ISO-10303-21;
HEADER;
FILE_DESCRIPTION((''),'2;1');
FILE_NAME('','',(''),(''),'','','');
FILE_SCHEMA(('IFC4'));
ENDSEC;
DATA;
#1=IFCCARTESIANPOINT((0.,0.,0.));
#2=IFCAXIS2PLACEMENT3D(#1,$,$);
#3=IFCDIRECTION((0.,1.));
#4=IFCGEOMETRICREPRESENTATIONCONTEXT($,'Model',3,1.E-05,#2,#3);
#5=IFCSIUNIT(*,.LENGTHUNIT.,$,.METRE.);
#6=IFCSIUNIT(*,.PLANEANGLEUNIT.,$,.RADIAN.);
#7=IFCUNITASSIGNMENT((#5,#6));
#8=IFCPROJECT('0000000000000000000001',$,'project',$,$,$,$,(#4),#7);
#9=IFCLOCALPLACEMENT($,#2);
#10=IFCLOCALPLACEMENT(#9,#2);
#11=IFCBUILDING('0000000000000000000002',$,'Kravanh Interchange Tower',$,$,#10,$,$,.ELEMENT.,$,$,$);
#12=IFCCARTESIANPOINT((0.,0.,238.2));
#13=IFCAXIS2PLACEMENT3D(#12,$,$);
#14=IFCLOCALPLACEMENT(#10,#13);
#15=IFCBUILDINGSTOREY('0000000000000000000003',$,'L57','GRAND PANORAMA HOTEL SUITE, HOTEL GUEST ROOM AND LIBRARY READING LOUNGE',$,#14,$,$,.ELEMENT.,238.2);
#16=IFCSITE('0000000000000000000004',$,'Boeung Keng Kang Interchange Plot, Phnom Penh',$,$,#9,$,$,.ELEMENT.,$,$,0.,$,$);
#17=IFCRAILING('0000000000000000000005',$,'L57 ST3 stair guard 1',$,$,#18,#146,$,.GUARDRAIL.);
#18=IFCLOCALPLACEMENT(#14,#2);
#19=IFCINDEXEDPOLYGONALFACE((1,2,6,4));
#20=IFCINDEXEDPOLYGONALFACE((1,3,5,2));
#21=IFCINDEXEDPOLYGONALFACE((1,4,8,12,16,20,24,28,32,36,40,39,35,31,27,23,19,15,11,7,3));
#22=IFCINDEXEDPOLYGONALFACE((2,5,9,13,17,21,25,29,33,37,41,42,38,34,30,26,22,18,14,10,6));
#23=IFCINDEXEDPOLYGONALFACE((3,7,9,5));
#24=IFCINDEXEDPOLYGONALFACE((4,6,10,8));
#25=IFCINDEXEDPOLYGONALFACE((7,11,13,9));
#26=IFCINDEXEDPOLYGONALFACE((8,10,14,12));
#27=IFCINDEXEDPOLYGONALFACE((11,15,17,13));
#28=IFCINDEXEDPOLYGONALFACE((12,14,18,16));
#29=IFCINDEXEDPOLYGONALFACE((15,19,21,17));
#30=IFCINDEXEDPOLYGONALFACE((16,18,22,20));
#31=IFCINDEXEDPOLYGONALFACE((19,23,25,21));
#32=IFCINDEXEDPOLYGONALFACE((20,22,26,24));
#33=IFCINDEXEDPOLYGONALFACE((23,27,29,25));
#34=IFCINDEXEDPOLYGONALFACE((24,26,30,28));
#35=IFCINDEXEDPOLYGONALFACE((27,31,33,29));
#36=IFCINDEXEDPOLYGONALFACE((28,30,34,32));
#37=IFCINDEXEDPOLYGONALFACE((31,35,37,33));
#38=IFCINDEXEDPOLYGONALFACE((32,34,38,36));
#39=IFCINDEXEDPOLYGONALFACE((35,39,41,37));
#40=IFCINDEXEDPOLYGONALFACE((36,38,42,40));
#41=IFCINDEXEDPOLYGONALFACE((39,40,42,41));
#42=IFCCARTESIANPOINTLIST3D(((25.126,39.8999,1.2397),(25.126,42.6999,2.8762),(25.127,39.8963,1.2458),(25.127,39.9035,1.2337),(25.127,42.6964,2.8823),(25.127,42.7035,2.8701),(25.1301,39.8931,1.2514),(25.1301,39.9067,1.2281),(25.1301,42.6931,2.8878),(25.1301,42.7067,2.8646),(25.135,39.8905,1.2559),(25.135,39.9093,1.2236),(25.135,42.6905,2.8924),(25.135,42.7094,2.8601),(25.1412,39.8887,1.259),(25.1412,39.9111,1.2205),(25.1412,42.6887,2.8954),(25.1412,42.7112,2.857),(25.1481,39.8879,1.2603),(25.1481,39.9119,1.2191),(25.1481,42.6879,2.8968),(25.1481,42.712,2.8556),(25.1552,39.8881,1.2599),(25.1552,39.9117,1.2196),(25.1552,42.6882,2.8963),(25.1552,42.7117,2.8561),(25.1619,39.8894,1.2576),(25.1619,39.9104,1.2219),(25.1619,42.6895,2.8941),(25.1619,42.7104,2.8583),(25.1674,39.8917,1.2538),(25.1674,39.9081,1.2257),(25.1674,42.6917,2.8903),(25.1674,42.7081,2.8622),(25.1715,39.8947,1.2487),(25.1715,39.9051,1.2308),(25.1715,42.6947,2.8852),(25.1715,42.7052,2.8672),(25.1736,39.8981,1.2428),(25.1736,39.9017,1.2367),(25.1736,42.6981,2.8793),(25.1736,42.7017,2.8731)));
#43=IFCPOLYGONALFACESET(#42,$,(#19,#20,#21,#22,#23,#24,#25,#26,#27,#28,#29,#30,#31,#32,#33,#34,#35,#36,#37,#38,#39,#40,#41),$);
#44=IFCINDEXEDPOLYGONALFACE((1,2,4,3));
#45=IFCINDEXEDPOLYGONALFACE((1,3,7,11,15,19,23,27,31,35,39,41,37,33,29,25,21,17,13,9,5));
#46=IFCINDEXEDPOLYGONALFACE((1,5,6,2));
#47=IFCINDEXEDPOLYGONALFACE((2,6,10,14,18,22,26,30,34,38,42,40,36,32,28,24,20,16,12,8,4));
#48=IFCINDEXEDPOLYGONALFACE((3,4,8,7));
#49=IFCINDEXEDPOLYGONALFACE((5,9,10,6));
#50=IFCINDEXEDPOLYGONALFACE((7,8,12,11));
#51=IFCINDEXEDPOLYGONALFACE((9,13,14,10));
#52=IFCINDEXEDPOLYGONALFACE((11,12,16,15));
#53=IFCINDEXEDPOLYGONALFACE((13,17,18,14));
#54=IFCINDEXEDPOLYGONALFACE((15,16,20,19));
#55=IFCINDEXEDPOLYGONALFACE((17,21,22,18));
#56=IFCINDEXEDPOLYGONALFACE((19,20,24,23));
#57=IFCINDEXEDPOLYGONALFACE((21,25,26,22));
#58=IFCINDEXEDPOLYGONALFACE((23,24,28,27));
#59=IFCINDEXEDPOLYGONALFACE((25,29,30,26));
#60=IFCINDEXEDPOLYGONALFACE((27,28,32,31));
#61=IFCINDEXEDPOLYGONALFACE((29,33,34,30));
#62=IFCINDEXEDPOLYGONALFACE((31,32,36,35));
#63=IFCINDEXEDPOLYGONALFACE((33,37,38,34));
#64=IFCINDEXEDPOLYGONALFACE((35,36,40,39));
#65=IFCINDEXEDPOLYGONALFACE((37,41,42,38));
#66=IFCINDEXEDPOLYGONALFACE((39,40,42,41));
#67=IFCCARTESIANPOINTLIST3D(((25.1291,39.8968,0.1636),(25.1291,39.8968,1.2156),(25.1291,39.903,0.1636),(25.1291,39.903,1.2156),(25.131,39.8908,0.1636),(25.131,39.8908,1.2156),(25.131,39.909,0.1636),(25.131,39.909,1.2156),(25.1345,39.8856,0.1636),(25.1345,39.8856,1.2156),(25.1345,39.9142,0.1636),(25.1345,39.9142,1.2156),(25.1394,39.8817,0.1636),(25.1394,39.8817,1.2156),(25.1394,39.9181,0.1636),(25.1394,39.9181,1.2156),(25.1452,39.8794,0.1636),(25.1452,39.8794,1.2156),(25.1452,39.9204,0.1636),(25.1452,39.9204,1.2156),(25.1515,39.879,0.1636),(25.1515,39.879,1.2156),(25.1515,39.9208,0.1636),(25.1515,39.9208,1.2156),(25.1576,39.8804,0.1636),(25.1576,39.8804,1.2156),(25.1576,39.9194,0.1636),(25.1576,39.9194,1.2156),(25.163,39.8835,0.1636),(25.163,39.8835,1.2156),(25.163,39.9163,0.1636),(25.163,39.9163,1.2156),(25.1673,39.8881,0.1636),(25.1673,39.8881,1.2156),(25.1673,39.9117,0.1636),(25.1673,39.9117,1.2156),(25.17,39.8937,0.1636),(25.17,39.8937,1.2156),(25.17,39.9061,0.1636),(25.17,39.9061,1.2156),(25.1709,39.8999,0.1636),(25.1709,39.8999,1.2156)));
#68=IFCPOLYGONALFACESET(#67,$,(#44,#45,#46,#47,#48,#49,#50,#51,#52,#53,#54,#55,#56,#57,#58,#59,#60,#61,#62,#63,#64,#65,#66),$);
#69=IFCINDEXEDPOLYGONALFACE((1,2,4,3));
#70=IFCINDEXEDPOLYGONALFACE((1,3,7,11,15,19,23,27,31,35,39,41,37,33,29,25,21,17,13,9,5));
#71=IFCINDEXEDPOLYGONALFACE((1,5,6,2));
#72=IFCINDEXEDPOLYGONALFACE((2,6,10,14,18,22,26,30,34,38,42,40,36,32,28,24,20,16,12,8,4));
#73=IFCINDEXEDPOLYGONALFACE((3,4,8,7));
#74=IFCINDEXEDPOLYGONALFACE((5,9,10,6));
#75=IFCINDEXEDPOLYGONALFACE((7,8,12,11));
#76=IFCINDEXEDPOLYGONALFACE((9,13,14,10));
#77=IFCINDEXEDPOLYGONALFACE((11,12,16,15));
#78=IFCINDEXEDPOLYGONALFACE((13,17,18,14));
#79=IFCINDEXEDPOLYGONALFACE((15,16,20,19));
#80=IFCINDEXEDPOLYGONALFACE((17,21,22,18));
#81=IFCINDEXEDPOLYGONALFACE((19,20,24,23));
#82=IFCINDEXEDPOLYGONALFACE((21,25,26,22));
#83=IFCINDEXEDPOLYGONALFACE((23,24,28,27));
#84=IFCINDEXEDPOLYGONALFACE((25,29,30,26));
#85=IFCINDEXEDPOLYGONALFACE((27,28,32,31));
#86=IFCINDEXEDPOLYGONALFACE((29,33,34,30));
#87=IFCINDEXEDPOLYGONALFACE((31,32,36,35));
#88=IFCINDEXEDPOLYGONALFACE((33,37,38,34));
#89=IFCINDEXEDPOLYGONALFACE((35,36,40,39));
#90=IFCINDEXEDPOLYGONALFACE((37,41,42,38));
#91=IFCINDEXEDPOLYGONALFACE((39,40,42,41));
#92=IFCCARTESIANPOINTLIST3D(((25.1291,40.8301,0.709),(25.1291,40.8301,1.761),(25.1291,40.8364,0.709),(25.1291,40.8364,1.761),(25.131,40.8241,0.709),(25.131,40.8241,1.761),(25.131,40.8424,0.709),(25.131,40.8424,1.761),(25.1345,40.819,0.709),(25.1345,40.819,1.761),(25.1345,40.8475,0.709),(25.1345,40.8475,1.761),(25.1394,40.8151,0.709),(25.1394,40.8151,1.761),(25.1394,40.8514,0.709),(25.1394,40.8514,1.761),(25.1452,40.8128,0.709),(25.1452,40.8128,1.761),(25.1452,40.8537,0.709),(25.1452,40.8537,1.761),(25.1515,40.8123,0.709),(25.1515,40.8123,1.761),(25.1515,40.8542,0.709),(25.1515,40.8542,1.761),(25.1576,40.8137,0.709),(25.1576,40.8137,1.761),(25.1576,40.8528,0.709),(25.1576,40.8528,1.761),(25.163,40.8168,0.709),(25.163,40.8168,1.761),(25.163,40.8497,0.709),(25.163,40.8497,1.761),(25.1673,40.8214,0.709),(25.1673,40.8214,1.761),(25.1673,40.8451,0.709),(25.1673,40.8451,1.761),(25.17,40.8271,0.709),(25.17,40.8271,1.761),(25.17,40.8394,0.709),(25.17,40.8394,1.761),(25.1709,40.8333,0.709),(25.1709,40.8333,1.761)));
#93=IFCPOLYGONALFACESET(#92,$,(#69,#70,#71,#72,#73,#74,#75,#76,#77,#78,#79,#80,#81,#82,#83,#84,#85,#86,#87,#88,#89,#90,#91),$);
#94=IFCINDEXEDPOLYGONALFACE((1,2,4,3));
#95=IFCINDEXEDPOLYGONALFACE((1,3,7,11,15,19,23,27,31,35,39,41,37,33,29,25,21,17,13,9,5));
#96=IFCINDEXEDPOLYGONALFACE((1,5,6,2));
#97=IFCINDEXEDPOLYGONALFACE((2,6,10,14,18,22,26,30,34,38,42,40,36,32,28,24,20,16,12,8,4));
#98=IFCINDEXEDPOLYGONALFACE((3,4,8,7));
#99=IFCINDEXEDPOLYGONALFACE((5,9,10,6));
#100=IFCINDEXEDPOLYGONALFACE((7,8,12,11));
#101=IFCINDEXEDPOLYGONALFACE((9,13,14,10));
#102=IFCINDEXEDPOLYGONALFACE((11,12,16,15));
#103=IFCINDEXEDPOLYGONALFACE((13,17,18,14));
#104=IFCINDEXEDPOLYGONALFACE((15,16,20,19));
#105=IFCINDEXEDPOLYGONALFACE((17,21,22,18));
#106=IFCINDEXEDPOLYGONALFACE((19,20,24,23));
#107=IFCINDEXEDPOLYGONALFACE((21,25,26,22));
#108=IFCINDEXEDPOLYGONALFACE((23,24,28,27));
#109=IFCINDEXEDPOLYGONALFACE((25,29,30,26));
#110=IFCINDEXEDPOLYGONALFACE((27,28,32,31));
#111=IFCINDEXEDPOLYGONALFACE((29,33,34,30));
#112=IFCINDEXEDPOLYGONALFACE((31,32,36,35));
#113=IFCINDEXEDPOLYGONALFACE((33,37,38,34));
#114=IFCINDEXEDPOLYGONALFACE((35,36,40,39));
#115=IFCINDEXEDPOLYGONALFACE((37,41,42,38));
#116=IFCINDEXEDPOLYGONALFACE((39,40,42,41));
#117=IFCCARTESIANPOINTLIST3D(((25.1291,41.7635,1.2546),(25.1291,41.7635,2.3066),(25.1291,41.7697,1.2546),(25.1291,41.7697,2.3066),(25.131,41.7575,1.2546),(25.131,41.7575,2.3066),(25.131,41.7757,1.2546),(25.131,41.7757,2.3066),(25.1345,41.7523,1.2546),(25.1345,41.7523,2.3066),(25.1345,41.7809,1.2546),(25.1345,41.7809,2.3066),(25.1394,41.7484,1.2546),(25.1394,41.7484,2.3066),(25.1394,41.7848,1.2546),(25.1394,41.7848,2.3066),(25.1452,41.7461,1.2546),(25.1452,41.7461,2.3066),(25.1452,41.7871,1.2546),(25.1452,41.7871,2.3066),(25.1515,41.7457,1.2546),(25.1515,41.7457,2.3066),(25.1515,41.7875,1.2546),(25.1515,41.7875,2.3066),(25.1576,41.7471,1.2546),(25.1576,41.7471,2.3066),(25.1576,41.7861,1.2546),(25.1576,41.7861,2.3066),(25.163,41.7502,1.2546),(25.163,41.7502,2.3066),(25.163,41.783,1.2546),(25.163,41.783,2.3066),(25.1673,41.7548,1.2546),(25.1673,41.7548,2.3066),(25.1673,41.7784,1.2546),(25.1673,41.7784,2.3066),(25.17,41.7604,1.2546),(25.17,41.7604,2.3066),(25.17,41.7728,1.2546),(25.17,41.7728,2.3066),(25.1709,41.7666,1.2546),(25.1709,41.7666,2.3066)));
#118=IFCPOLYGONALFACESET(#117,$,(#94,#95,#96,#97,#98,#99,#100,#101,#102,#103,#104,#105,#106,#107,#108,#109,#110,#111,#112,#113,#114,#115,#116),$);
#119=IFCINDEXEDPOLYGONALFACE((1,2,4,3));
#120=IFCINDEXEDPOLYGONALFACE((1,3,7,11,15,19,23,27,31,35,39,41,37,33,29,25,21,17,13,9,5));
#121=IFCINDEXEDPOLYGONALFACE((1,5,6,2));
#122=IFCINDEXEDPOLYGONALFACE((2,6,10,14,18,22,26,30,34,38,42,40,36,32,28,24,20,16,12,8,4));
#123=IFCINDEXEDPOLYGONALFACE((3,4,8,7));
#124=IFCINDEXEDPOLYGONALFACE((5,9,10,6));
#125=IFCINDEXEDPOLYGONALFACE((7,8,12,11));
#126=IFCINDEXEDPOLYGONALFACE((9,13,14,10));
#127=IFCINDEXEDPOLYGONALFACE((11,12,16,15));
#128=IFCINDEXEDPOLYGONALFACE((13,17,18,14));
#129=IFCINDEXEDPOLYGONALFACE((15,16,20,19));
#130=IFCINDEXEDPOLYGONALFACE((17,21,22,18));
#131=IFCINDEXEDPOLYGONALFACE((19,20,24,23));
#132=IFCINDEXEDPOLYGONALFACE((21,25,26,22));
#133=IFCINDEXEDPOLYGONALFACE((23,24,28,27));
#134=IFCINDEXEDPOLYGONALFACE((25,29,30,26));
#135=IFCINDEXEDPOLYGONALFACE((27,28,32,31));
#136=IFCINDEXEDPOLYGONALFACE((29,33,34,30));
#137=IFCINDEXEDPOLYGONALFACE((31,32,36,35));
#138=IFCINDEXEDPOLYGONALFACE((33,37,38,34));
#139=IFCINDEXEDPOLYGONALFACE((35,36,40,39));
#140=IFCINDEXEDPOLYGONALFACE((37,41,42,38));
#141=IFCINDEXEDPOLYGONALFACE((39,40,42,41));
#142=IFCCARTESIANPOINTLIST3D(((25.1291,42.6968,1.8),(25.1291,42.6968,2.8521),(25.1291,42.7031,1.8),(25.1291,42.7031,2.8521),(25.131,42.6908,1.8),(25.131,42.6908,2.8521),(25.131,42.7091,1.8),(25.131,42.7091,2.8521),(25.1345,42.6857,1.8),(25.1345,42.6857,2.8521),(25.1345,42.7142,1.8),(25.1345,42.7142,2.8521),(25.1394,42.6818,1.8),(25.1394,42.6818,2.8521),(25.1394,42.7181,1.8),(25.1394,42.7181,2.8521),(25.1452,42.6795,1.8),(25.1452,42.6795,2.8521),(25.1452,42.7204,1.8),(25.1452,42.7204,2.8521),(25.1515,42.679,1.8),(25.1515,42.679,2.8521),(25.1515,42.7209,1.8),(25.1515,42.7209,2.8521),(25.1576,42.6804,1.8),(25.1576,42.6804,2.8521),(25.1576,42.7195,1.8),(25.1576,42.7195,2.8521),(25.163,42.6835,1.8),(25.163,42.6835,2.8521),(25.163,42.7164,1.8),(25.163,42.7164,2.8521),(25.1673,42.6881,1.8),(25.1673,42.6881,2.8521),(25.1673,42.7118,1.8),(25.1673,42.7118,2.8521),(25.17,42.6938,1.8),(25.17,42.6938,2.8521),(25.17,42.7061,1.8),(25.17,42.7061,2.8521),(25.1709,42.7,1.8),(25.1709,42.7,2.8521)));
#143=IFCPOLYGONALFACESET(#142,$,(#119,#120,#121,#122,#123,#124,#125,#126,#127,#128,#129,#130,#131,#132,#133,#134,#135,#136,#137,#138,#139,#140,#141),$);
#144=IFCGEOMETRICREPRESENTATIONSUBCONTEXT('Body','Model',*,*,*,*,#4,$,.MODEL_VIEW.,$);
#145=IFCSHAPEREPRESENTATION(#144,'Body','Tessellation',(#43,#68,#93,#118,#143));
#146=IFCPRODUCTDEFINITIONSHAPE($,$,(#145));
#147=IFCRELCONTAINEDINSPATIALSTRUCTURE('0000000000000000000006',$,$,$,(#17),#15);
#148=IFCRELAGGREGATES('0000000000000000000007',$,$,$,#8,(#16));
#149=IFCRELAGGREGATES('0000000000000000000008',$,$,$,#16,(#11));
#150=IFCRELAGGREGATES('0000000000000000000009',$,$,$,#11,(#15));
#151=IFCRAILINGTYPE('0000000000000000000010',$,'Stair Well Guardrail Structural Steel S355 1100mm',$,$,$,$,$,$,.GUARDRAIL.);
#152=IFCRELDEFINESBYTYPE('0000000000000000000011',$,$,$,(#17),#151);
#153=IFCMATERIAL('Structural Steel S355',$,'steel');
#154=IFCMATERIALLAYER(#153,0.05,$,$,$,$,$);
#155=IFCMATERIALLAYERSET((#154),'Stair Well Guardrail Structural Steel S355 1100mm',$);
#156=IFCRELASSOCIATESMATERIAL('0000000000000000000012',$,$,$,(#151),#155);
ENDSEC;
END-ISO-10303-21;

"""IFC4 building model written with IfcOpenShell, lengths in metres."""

from ifc_helpers import new_model, si_unit, direction, frame, origin, origin_2d, place, context, subcontext, project, spatial, circle, extrude, material, layer, layer_set, type_object, element, save


model = new_model("IFC4")

# Units and contexts
model_context = context("Model", 3, precision=1e-05, world=origin(), true_north=direction((0.0, 1.0)))
body_context = subcontext(model_context, "Body", "Model", "MODEL_VIEW")
ifc_project = project(units=[si_unit("LENGTHUNIT", "METRE"), si_unit("PLANEANGLEUNIT", "RADIAN")], contexts=[model_context])

# Site, building, storey
site_placement = place(None, origin())
site = spatial("IfcSite", under=ifc_project, at=site_placement, Name="Boeung Keng Kang Interchange Plot, Phnom Penh", CompositionType="ELEMENT", RefElevation=0.0)
building_placement = place(site_placement, origin())
building = spatial("IfcBuilding", under=site, at=building_placement, Name="Kravanh Interchange Tower", CompositionType="ELEMENT")
storey_placement = place(building_placement, frame((0.0, 0.0, 238.2)))
storey = spatial("IfcBuildingStorey", under=building, at=storey_placement, Name="L57", Description="GRAND PANORAMA HOTEL SUITE, HOTEL GUEST ROOM AND LIBRARY READING LOUNGE", CompositionType="ELEMENT", Elevation=238.2)

# Railing
ifc_material_1 = material(Name="Structural Steel S355", Category="steel")
ifc_layer_1 = layer(ifc_material_1, 0.05)
ifc_layer_set_1 = layer_set([ifc_layer_1], Name="Stair Well Guardrail Structural Steel S355 1100mm")
railing_type_1 = type_object("IfcRailingType", Name="Stair Well Guardrail Structural Steel S355 1100mm", PredefinedType="GUARDRAIL", material=ifc_layer_set_1)
railing_1_placement = place(storey_placement, frame((25.1499, 39.8999, 0.1636)))
element("IfcRailing", 1, at=railing_1_placement, inside=storey, type_object=railing_type_1, Name="L57 ST3 stair guard 1", PredefinedType="GUARDRAIL", context=body_context, shape_type="SweptSolid", body=[
    extrude(circle(Radius=0.0239, at=origin_2d()), frame((0.0, 0.0, 1.0762), z_axis=(0.0, 0.863361, 0.504587), x_axis=(-1.0, 0.0, 0.0)), (0.0, 0.0, 1.0), 3.2432),
    extrude(circle(Radius=0.021, at=origin_2d()), origin(), (0.0, 0.0, 1.0), 1.052),
    extrude(circle(Radius=0.021, at=origin_2d()), frame((0.0, 0.9333, 0.5454)), (0.0, 0.0, 1.0), 1.052),
    extrude(circle(Radius=0.021, at=origin_2d()), frame((0.0, 1.8667, 1.0911)), (0.0, 0.0, 1.0), 1.052),
    extrude(circle(Radius=0.021, at=origin_2d()), frame((0.0, 2.8, 1.6365)), (0.0, 0.0, 1.0), 1.052),
])

save(model, "model.ifc")
